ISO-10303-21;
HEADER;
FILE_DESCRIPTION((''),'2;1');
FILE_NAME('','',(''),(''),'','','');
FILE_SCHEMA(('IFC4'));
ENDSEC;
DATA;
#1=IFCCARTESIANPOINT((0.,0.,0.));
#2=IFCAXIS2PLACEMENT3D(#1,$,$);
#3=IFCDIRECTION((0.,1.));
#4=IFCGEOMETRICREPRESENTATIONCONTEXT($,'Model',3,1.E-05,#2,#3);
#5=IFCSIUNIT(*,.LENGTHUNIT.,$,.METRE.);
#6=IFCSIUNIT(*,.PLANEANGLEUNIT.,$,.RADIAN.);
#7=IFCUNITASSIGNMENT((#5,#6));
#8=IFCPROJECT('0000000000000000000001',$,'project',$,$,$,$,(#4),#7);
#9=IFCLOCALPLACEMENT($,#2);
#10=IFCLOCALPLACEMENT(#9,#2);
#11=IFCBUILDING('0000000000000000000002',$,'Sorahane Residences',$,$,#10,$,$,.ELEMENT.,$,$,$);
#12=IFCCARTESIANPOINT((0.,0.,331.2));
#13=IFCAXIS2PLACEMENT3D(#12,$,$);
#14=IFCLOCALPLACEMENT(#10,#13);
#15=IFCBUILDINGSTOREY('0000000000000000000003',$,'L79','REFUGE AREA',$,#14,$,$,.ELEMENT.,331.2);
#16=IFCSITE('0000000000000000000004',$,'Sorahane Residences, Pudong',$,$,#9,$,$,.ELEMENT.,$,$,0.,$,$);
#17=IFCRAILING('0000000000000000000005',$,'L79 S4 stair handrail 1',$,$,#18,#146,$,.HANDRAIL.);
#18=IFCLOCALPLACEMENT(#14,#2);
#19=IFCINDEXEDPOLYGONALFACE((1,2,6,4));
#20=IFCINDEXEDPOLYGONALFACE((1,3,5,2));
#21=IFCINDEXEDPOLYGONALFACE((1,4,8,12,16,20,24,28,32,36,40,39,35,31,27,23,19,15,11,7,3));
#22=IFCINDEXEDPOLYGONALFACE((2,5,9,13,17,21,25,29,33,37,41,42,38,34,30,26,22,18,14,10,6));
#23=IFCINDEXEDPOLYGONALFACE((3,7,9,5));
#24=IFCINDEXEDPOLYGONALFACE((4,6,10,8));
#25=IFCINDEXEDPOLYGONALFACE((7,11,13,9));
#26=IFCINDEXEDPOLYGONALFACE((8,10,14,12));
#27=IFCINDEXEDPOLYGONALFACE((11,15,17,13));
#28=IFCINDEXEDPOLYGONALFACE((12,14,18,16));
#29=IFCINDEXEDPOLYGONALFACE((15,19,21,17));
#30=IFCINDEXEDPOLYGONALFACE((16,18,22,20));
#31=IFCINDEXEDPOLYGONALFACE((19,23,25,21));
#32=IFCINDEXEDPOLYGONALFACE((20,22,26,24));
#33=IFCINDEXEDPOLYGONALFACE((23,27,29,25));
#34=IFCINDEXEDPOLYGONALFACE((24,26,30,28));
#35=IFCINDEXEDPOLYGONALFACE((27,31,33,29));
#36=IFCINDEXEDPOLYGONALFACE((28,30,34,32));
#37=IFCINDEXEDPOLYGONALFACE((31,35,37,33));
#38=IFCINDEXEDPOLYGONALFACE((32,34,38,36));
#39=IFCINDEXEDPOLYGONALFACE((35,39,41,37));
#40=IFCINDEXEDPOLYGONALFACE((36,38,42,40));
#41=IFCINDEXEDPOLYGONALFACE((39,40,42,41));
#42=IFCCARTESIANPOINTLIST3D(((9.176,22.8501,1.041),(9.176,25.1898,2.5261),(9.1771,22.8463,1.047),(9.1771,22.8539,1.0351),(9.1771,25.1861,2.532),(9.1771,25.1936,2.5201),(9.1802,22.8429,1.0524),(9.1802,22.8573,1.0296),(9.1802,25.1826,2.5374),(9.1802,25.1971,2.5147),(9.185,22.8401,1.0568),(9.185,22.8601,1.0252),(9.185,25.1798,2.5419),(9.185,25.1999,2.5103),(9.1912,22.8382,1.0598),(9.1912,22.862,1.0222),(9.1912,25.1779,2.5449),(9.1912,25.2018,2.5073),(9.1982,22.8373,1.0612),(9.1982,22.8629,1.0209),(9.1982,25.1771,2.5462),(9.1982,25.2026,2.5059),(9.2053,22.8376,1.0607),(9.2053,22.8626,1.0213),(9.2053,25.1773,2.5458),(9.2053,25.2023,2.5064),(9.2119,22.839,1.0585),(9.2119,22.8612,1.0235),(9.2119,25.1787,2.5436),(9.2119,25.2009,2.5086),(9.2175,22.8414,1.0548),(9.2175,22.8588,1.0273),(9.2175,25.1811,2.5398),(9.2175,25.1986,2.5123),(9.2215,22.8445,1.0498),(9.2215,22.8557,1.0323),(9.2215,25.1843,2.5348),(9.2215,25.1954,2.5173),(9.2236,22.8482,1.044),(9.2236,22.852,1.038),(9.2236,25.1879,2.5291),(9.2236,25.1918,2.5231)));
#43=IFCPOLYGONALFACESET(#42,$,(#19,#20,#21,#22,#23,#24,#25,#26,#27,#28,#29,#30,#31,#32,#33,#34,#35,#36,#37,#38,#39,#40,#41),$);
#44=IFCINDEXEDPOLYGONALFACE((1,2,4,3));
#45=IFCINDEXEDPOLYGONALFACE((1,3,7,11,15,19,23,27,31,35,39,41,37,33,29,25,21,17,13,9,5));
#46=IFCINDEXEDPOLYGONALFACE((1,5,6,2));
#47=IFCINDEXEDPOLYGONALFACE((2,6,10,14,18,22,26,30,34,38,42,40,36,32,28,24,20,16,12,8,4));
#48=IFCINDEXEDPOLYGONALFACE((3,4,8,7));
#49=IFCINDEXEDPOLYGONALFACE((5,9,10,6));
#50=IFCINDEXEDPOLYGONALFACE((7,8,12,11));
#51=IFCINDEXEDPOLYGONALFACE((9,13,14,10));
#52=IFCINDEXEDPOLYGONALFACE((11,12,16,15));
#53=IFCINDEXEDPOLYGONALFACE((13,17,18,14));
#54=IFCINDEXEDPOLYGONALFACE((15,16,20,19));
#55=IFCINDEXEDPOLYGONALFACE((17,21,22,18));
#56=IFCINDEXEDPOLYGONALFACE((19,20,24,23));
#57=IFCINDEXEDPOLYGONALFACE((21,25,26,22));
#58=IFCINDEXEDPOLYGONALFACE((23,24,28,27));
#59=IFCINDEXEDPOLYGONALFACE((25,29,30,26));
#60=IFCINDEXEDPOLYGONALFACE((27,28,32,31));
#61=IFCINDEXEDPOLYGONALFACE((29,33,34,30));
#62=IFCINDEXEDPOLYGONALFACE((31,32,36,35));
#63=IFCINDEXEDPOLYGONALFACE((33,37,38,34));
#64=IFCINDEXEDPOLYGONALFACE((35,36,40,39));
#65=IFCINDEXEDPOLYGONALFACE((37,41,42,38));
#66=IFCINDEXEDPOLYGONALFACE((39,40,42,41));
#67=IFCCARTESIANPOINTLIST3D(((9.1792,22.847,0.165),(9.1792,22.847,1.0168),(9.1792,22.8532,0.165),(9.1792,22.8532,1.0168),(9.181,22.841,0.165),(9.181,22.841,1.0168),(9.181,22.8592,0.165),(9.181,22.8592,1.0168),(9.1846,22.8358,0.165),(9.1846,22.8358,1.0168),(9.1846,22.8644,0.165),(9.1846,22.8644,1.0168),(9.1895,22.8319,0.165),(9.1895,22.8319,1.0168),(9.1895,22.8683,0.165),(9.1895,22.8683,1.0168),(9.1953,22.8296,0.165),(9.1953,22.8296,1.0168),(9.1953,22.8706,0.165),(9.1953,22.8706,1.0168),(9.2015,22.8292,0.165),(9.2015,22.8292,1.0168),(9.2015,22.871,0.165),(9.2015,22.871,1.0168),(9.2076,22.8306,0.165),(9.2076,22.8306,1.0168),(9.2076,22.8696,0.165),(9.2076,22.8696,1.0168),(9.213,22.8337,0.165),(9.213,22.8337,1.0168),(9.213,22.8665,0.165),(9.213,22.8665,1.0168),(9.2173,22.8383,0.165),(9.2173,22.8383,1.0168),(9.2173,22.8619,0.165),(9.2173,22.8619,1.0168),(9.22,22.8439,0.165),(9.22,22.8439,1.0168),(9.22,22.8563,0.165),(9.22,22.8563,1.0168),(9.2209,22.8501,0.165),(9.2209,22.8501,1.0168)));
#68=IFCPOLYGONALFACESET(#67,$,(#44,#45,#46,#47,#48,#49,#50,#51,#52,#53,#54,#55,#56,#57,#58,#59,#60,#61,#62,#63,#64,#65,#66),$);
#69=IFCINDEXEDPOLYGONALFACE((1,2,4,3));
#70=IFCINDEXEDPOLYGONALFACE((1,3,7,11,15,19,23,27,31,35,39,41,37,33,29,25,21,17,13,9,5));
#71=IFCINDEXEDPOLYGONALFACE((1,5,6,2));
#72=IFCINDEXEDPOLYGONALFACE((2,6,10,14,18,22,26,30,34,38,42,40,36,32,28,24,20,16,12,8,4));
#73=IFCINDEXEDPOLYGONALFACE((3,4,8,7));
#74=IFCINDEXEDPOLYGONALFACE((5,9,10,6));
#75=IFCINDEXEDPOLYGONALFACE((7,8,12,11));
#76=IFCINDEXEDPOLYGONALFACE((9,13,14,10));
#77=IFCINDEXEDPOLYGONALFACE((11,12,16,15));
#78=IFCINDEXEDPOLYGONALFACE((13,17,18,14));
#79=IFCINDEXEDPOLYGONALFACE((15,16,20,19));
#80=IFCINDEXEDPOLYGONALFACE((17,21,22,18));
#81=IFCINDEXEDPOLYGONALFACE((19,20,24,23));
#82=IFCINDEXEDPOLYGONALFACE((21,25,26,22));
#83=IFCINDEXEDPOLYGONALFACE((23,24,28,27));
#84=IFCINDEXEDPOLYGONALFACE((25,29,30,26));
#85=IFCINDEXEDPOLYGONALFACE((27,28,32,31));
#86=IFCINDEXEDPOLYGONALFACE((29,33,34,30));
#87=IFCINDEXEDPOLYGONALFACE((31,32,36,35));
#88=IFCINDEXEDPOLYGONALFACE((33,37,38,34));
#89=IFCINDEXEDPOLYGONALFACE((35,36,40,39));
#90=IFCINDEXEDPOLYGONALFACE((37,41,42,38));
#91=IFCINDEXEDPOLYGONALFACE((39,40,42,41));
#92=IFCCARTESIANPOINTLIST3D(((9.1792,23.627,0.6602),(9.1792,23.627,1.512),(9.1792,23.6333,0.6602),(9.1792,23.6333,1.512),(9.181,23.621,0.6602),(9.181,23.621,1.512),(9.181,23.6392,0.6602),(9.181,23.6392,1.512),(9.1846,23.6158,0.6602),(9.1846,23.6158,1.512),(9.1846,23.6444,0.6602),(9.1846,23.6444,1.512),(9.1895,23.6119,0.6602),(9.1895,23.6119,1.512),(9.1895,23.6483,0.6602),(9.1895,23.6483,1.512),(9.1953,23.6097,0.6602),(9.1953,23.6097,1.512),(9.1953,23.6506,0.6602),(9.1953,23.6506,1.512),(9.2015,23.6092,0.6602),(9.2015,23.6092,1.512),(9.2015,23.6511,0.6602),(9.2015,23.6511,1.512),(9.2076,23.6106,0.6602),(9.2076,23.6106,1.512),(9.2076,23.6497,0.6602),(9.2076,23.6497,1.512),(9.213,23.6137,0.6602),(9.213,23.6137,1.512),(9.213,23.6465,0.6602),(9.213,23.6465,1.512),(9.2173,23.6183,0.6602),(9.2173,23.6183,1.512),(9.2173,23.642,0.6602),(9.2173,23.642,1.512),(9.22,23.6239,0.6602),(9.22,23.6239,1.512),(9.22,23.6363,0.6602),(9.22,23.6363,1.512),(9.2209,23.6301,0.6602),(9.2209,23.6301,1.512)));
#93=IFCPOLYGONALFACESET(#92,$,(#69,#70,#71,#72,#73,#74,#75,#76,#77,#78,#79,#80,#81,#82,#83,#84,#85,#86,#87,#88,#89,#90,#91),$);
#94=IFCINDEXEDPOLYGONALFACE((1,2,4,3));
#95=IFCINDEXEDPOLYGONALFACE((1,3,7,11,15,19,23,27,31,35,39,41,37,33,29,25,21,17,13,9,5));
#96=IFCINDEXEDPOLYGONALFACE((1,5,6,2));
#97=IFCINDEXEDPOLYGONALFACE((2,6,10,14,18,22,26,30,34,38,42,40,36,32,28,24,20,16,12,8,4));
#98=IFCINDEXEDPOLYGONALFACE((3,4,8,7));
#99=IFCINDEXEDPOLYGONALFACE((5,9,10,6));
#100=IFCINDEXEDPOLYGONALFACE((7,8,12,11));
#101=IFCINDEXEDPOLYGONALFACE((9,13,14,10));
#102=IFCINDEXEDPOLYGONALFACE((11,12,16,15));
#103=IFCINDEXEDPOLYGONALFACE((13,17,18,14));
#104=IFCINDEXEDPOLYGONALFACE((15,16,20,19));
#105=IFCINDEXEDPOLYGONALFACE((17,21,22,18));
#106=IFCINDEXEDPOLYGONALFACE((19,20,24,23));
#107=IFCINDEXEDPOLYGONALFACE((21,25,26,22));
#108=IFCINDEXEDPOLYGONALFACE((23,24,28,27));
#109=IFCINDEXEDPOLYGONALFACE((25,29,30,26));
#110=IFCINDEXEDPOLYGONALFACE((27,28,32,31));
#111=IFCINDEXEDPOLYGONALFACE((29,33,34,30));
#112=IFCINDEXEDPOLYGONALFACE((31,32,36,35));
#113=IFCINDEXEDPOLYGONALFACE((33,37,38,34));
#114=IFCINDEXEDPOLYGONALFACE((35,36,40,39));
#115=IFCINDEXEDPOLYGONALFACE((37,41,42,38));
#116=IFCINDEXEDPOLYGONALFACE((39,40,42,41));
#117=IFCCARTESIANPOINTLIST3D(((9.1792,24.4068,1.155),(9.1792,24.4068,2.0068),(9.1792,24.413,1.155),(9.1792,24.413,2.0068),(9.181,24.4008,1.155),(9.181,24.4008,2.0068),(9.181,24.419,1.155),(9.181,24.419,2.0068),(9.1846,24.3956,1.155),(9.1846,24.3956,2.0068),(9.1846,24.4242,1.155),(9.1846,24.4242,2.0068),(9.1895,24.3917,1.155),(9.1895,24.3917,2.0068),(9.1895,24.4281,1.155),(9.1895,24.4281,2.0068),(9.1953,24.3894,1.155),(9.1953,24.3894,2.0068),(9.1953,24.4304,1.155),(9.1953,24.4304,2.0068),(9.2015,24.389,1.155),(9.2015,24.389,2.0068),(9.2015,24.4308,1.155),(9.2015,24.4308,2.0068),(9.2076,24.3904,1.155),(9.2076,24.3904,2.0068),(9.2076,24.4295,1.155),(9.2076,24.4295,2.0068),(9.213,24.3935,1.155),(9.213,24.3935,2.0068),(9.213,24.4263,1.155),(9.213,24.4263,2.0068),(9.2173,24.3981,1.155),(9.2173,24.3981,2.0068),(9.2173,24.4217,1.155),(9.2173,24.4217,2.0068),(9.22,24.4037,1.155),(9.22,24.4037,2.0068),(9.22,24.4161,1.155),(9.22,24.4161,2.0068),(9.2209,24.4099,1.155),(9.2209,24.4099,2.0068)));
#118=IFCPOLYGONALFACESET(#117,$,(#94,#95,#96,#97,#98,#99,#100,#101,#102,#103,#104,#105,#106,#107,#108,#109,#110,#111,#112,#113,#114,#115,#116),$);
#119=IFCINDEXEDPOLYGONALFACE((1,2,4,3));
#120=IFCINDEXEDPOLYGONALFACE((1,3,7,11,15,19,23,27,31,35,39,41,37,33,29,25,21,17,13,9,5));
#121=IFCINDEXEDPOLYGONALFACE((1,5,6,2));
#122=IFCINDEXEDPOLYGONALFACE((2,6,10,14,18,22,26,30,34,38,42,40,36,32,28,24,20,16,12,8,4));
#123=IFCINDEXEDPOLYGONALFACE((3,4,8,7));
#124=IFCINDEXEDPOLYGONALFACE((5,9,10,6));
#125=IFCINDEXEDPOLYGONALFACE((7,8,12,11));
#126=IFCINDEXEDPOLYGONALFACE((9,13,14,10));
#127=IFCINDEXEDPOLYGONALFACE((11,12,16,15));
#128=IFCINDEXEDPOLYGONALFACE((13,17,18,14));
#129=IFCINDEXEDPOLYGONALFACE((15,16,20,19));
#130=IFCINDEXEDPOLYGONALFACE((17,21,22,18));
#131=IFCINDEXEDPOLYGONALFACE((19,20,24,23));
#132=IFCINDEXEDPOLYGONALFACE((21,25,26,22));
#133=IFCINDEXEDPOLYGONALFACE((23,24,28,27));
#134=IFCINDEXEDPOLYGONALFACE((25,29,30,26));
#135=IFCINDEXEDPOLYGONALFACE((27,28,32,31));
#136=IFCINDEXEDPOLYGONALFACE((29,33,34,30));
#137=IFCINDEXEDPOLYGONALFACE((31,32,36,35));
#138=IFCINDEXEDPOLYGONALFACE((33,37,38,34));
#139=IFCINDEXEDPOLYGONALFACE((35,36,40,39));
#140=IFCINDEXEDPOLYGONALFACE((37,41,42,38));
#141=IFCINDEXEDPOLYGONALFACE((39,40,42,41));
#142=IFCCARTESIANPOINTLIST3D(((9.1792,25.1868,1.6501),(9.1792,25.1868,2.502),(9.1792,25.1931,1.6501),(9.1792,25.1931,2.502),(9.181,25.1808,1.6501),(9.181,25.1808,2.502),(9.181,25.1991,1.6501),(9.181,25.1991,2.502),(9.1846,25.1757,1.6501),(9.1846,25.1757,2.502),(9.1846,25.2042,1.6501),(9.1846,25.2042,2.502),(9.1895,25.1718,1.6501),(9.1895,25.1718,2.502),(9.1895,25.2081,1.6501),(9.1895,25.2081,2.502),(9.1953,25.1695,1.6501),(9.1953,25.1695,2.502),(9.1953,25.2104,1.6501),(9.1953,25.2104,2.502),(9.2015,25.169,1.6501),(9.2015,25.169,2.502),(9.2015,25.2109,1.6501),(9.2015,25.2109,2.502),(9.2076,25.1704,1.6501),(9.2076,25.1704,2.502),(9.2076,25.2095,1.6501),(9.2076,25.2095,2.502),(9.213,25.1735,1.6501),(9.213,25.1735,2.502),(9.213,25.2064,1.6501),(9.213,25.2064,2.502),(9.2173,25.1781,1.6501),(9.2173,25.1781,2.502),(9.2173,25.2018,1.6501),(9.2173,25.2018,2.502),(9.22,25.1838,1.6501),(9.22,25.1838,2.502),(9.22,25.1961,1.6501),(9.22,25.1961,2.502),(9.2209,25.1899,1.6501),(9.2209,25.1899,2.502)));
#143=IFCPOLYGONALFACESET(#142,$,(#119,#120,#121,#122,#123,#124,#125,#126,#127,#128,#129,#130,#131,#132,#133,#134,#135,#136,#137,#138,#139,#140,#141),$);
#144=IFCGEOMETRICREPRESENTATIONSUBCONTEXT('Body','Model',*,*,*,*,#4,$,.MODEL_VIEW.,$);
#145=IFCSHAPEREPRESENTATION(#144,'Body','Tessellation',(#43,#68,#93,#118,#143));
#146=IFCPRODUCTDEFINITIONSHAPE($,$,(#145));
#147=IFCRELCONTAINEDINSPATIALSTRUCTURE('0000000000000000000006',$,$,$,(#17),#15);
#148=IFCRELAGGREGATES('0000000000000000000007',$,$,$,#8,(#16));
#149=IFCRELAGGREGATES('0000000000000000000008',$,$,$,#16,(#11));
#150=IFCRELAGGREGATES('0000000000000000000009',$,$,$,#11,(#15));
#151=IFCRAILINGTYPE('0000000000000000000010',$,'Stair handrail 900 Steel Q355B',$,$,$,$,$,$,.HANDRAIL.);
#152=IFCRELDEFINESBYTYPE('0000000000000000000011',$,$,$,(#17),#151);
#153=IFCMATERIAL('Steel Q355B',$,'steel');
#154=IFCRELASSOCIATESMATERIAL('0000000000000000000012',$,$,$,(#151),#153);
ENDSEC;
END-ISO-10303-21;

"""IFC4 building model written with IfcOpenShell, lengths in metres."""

from ifc_helpers import new_model, si_unit, direction, frame, origin, origin_2d, place, context, subcontext, project, spatial, circle, extrude, material, type_object, element, save


model = new_model("IFC4")

# Units and contexts
model_context = context("Model", 3, precision=1e-05, world=origin(), true_north=direction((0.0, 1.0)))
body_context = subcontext(model_context, "Body", "Model", "MODEL_VIEW")
ifc_project = project(units=[si_unit("LENGTHUNIT", "METRE"), si_unit("PLANEANGLEUNIT", "RADIAN")], contexts=[model_context])

# Site, building, storey
site_placement = place(None, origin())
site = spatial("IfcSite", under=ifc_project, at=site_placement, Name="Sorahane Residences, Pudong", CompositionType="ELEMENT", RefElevation=0.0)
building_placement = place(site_placement, origin())
building = spatial("IfcBuilding", under=site, at=building_placement, Name="Sorahane Residences", CompositionType="ELEMENT")
storey_placement = place(building_placement, frame((0.0, 0.0, 331.2)))
storey = spatial("IfcBuildingStorey", under=building, at=storey_placement, Name="L79", Description="REFUGE AREA", CompositionType="ELEMENT", Elevation=331.2)

# Railing
ifc_material_1 = material(Name="Steel Q355B", Category="steel")
railing_type_1 = type_object("IfcRailingType", Name="Stair handrail 900 Steel Q355B", PredefinedType="HANDRAIL", material=ifc_material_1)
railing_1_placement = place(storey_placement, frame((9.2, 22.8501, 0.165)))
element("IfcRailing", 1, at=railing_1_placement, inside=storey, type_object=railing_type_1, Name="L79 S4 stair handrail 1", PredefinedType="HANDRAIL", context=body_context, shape_type="SweptSolid", body=[
    extrude(circle(Radius=0.0239, at=origin_2d()), frame((0.0, 0.0, 0.876), z_axis=(0.0, 0.844296, 0.535878), x_axis=(-1.0, 0.0, 0.0)), (0.0, 0.0, 1.0), 2.7712),
    extrude(circle(Radius=0.021, at=origin_2d()), origin(), (0.0, 0.0, 1.0), 0.8518),
    extrude(circle(Radius=0.021, at=origin_2d()), frame((0.0, 0.78, 0.4951)), (0.0, 0.0, 1.0), 0.8518),
    extrude(circle(Radius=0.021, at=origin_2d()), frame((0.0, 1.5598, 0.99)), (0.0, 0.0, 1.0), 0.8518),
    extrude(circle(Radius=0.021, at=origin_2d()), frame((0.0, 2.3398, 1.4851)), (0.0, 0.0, 1.0), 0.8518),
])

save(model, "model.ifc")
